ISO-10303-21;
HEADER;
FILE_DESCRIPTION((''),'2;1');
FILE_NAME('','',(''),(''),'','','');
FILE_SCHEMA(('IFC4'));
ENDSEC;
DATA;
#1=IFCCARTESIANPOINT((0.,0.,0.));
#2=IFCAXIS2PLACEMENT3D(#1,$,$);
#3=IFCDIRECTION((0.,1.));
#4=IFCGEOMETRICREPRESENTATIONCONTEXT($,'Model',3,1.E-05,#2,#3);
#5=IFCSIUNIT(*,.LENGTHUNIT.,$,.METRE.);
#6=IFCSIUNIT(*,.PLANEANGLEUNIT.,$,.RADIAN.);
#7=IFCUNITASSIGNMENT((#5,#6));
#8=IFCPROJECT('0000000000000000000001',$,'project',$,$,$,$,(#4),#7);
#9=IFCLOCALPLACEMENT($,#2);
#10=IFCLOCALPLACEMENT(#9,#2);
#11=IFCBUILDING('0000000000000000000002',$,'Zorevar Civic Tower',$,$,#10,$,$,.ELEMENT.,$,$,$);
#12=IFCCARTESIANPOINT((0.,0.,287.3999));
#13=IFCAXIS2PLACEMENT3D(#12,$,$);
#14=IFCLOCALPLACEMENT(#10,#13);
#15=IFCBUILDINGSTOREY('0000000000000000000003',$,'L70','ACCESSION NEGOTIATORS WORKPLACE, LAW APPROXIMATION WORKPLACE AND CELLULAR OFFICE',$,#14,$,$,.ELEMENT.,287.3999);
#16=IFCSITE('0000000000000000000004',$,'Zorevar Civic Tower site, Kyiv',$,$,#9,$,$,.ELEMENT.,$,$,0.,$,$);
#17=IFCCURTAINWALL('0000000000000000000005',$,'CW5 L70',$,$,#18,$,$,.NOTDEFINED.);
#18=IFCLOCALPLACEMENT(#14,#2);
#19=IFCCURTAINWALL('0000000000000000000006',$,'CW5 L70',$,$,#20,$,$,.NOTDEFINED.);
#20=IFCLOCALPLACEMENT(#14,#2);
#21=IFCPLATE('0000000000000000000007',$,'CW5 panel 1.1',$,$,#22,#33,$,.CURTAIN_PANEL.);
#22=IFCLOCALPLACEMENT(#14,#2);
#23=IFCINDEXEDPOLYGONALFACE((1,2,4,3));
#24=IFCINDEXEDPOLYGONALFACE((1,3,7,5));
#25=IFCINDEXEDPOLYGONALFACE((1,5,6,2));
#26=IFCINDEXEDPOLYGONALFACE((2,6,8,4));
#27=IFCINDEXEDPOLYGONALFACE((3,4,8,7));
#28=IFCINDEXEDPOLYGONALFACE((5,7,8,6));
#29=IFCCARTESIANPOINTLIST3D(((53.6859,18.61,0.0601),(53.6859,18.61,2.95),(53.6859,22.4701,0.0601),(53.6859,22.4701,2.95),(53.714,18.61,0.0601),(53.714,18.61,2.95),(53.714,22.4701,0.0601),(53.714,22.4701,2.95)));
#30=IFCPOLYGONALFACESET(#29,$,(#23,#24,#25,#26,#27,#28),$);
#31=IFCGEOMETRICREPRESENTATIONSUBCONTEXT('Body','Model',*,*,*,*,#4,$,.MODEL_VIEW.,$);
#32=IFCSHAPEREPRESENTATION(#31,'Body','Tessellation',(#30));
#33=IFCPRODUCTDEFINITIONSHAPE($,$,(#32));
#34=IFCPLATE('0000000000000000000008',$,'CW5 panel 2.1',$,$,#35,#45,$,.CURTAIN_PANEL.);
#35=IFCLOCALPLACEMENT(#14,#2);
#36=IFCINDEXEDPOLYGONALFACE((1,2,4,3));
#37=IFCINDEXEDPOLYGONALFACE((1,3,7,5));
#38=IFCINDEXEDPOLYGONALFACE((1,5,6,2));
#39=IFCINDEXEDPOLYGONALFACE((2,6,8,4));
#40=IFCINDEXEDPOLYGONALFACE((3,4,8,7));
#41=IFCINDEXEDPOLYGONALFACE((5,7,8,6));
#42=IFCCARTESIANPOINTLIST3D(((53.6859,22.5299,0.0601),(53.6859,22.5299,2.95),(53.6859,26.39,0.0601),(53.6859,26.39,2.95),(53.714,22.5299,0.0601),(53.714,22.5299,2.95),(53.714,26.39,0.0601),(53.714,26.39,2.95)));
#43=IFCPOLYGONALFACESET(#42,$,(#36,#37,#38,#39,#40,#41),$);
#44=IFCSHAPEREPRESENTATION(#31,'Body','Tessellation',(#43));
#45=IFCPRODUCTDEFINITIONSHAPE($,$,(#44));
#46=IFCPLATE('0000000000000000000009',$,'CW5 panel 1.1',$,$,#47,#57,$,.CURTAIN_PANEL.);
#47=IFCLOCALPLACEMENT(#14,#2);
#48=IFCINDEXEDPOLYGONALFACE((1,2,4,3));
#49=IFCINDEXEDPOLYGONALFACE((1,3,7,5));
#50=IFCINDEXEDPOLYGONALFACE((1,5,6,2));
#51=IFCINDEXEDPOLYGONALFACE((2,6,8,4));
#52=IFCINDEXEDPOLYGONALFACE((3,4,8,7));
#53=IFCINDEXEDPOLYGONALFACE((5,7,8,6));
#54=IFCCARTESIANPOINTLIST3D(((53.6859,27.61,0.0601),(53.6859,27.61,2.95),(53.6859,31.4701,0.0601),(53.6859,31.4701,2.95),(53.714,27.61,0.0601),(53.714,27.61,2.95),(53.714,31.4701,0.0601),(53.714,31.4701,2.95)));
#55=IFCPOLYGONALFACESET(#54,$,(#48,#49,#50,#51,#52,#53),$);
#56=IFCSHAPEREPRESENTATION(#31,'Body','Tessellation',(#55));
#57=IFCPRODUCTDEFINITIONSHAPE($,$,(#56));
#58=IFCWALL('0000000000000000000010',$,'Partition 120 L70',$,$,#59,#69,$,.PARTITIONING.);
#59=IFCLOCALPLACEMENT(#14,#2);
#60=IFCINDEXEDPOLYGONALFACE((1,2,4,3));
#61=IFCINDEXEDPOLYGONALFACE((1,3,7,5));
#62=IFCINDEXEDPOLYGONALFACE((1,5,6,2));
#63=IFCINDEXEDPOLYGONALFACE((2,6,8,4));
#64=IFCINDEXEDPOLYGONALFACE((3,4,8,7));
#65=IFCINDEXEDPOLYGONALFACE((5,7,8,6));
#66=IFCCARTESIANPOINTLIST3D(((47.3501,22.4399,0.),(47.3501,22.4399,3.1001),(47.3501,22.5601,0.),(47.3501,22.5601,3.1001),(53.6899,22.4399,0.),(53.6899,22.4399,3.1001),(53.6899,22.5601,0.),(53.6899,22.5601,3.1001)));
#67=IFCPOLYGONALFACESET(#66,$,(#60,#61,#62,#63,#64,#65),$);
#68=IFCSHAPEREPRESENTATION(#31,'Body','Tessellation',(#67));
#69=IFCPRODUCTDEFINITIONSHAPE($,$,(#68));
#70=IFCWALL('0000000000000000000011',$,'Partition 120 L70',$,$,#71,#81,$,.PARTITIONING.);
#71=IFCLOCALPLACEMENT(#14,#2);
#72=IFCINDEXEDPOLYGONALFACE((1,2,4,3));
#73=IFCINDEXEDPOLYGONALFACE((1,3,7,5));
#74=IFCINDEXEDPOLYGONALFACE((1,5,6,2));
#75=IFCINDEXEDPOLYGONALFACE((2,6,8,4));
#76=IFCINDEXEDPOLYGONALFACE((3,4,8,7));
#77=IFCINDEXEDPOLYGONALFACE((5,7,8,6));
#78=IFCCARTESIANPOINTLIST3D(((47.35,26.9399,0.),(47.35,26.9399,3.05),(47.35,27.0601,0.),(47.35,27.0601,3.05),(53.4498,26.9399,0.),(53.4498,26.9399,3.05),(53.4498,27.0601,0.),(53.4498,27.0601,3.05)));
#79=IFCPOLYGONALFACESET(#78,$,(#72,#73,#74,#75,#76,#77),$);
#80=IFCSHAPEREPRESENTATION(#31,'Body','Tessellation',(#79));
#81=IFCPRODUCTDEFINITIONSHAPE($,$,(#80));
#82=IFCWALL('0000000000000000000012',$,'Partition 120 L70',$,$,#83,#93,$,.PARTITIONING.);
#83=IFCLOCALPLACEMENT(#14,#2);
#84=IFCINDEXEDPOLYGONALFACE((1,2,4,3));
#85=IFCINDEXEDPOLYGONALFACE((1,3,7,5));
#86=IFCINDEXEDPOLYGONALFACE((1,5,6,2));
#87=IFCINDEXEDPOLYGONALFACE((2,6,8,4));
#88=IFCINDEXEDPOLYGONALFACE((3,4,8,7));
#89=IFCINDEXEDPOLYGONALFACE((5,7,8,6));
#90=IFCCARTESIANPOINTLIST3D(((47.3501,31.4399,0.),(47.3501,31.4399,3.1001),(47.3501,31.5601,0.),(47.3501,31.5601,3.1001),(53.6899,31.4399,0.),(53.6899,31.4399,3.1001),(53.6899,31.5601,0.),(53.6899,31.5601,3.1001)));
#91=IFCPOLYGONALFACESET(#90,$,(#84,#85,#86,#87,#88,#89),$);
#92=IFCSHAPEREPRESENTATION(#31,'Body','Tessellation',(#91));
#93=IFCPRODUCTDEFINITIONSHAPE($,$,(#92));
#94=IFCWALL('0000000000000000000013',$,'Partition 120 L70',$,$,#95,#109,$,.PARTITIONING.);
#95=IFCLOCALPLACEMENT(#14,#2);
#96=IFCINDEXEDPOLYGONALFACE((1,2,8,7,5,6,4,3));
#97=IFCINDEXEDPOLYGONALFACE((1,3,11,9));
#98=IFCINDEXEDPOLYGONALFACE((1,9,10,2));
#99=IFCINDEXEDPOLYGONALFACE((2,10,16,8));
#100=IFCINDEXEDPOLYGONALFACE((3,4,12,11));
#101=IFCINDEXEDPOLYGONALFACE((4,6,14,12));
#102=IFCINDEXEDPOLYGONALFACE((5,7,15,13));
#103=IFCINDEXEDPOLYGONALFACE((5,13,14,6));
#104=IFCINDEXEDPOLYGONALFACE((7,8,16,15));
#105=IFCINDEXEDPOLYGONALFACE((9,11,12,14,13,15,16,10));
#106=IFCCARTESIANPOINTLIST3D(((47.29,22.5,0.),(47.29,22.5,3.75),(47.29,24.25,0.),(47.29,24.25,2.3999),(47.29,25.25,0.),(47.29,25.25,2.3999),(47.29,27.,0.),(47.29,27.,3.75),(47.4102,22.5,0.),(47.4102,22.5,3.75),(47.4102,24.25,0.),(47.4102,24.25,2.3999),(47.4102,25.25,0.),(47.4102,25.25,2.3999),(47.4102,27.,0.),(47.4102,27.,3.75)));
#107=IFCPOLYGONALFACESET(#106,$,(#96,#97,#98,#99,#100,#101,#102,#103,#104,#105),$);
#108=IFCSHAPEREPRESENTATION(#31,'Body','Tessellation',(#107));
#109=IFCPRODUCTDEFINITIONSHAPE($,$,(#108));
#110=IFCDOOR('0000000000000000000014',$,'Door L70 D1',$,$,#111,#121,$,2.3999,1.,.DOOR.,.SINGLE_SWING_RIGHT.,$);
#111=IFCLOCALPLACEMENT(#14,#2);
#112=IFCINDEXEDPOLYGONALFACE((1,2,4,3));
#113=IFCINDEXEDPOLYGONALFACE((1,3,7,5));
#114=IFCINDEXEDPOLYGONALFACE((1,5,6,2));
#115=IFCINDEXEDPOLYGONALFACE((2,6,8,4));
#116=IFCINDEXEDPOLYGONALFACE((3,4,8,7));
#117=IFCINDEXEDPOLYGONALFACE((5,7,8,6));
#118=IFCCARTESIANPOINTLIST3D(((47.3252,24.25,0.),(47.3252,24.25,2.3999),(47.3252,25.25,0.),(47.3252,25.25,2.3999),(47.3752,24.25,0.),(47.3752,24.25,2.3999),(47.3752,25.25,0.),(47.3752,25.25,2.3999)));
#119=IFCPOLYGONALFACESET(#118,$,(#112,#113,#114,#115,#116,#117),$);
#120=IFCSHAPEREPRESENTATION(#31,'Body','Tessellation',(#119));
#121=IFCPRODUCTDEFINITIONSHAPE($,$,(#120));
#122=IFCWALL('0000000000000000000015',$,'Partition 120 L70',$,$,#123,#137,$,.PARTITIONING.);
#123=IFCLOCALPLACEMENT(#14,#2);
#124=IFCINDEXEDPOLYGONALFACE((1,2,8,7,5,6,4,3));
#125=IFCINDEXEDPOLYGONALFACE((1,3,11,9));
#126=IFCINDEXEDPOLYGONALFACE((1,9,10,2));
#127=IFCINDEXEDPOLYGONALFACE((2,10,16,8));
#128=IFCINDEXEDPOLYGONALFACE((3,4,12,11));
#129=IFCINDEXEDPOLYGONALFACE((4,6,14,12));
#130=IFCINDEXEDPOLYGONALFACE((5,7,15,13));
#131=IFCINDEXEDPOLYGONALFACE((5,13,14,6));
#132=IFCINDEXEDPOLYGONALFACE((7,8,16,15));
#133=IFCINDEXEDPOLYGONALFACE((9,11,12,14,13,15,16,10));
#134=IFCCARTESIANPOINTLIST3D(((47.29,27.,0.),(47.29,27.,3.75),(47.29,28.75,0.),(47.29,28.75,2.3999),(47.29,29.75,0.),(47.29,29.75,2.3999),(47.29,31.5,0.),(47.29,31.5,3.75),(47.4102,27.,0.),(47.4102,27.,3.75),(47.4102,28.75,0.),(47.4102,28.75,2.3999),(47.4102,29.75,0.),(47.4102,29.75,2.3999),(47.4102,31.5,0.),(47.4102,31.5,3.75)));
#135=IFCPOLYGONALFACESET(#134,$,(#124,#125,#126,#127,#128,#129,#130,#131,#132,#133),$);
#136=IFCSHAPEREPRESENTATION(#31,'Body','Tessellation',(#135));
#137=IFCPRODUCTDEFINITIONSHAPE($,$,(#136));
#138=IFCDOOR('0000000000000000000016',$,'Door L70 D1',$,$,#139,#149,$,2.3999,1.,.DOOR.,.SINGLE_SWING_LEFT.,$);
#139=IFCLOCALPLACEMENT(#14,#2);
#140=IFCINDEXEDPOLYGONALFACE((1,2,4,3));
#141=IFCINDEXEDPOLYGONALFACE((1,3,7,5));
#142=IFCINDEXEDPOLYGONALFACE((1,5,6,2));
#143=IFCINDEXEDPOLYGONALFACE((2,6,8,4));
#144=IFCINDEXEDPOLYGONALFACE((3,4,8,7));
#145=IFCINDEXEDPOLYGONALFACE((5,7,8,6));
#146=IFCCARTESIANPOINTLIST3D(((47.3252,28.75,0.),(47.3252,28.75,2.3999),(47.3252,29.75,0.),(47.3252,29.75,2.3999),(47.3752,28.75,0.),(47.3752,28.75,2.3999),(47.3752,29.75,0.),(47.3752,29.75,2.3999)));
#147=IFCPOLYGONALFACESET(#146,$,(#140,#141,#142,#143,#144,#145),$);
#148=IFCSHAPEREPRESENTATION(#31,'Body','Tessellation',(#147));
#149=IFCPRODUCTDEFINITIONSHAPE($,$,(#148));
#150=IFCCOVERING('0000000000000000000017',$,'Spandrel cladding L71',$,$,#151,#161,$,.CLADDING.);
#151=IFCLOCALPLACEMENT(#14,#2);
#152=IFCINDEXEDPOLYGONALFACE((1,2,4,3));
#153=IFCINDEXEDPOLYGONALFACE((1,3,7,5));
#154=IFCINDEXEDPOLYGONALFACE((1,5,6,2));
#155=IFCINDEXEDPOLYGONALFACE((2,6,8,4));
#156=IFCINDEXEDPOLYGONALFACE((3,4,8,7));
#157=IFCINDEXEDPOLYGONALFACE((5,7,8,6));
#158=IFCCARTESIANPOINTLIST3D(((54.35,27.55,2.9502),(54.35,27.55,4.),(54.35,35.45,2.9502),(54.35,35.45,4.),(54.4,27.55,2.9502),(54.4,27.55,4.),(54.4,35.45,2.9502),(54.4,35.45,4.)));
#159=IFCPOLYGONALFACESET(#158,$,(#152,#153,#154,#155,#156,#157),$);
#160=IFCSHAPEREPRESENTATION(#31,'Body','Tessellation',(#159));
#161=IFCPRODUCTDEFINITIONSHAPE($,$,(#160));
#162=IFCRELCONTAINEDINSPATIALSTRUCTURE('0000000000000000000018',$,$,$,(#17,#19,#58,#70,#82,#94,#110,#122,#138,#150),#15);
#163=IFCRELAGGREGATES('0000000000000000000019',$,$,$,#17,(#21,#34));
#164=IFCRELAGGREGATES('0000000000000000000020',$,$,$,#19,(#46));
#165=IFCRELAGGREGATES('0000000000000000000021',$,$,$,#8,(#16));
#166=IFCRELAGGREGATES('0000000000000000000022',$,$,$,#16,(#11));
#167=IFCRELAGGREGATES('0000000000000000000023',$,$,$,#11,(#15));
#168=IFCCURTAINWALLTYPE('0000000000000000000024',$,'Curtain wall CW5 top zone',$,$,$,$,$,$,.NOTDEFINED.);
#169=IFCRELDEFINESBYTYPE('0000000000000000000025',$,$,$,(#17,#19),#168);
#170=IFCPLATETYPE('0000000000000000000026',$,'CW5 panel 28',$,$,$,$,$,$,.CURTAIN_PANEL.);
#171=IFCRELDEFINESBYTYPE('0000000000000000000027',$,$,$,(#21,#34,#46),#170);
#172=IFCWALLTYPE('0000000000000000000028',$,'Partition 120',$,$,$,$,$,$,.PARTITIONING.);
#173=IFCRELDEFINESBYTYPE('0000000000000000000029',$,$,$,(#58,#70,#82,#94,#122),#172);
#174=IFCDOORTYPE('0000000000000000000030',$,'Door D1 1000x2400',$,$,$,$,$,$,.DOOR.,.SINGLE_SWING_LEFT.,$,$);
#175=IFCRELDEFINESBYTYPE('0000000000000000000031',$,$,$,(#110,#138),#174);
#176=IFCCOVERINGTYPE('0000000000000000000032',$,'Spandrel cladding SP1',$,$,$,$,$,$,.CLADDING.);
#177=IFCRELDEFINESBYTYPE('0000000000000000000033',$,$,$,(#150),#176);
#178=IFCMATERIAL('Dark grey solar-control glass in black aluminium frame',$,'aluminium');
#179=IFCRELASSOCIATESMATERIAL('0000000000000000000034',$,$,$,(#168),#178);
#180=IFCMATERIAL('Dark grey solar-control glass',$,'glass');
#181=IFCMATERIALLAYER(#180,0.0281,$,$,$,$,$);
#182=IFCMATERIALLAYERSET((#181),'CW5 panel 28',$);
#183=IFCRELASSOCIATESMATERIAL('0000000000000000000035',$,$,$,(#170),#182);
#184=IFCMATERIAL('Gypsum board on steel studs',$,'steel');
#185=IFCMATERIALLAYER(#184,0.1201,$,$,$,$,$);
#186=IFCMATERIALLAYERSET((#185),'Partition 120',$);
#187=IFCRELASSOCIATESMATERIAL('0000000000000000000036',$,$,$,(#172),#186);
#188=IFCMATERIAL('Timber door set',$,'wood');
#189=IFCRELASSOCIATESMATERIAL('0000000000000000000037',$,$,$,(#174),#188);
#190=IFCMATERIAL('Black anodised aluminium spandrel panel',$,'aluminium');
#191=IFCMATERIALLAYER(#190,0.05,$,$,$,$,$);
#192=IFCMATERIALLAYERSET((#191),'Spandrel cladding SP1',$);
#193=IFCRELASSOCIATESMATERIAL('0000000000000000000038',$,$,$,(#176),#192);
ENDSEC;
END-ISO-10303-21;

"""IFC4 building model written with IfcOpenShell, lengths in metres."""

from ifc_helpers import new_model, si_unit, direction, frame, frame_2d, origin, origin_2d, place, context, subcontext, project, spatial, rectangle, extrude, material, layer, layer_set, type_object, element, fill, aggregate, save


model = new_model("IFC4")

# Units and contexts
model_context = context("Model", 3, precision=1e-05, world=origin(), true_north=direction((0.0, 1.0)))
body_context = subcontext(model_context, "Body", "Model", "MODEL_VIEW")
ifc_project = project(units=[si_unit("LENGTHUNIT", "METRE"), si_unit("PLANEANGLEUNIT", "RADIAN")], contexts=[model_context])

# Site, building, storey
site_placement = place(None, origin())
site = spatial("IfcSite", under=ifc_project, at=site_placement, Name="Zorevar Civic Tower site, Kyiv", CompositionType="ELEMENT", RefElevation=0.0)
building_placement = place(site_placement, origin())
building = spatial("IfcBuilding", under=site, at=building_placement, Name="Zorevar Civic Tower", CompositionType="ELEMENT")
storey_placement = place(building_placement, frame((0.0, 0.0, 287.3999)))
storey = spatial("IfcBuildingStorey", under=building, at=storey_placement, Name="L70", Description="ACCESSION NEGOTIATORS WORKPLACE, LAW APPROXIMATION WORKPLACE AND CELLULAR OFFICE", CompositionType="ELEMENT", Elevation=287.3999)

# Curtain walls
ifc_material_1 = material(Name="Dark grey solar-control glass in black aluminium frame", Category="aluminium")
curtain_wall_type = type_object("IfcCurtainWallType", Name="Curtain wall CW5 top zone", PredefinedType="NOTDEFINED", material=ifc_material_1)
curtain_wall_1_placement = place(storey_placement, origin())
curtain_wall_1 = element("IfcCurtainWall", 1, at=curtain_wall_1_placement, inside=storey, type_object=curtain_wall_type, Name="CW5 L70", PredefinedType="NOTDEFINED")
curtain_wall_2_placement = place(storey_placement, origin())
curtain_wall_2 = element("IfcCurtainWall", 2, at=curtain_wall_2_placement, inside=storey, type_object=curtain_wall_type, Name="CW5 L70", PredefinedType="NOTDEFINED")

# Plates
ifc_material_2 = material(Name="Dark grey solar-control glass", Category="glass")
ifc_layer_1 = layer(ifc_material_2, 0.0281)
ifc_layer_set_1 = layer_set([ifc_layer_1], Name="CW5 panel 28")
plate_type = type_object("IfcPlateType", Name="CW5 panel 28", PredefinedType="CURTAIN_PANEL", material=ifc_layer_set_1)
plate_1_placement = place(storey_placement, frame((53.7, 20.54, 0.0601), z_axis=(0.0, 0.0, 1.0), x_axis=(0.0, 1.0, 0.0)))
plate_1 = element("IfcPlate", 3, at=plate_1_placement, type_object=plate_type, Name="CW5 panel 1.1", PredefinedType="CURTAIN_PANEL", context=body_context, shape_type="SweptSolid", body=[
    extrude(rectangle(XDim=3.8601, YDim=0.0281, at=origin_2d()), origin(), (0.0, 0.0, 1.0), 2.8899),
])
plate_2_placement = place(storey_placement, frame((53.7, 24.46, 0.0601), z_axis=(0.0, 0.0, 1.0), x_axis=(0.0, 1.0, 0.0)))
plate_2 = element("IfcPlate", 4, at=plate_2_placement, type_object=plate_type, Name="CW5 panel 2.1", PredefinedType="CURTAIN_PANEL", context=body_context, shape_type="SweptSolid", body=[
    extrude(rectangle(XDim=3.8601, YDim=0.0281, at=origin_2d()), origin(), (0.0, 0.0, 1.0), 2.8899),
])
aggregate(curtain_wall_1, [plate_1, plate_2])
plate_3_placement = place(storey_placement, frame((53.7, 29.54, 0.0601), z_axis=(0.0, 0.0, 1.0), x_axis=(0.0, 1.0, 0.0)))
plate_3 = element("IfcPlate", 5, at=plate_3_placement, type_object=plate_type, Name="CW5 panel 1.1", PredefinedType="CURTAIN_PANEL", context=body_context, shape_type="SweptSolid", body=[
    extrude(rectangle(XDim=3.8601, YDim=0.0281, at=origin_2d()), origin(), (0.0, 0.0, 1.0), 2.8899),
])
aggregate(curtain_wall_2, [plate_3])

# Walls
ifc_material_3 = material(Name="Gypsum board on steel studs", Category="steel")
ifc_layer_2 = layer(ifc_material_3, 0.1201)
ifc_layer_set_2 = layer_set([ifc_layer_2], Name="Partition 120")
wall_type = type_object("IfcWallType", Name="Partition 120", PredefinedType="PARTITIONING", material=ifc_layer_set_2)
wall_1_placement = place(storey_placement, frame((47.3501, 22.5, 0.0), z_axis=(0.0, 0.0, 1.0), x_axis=(1.0, 0.0, 0.0)))
element("IfcWall", 6, at=wall_1_placement, inside=storey, type_object=wall_type, Name="Partition 120 L70", PredefinedType="PARTITIONING", context=body_context, shape_type="SweptSolid", body=[
    extrude(rectangle(XDim=6.3398, YDim=0.1201, at=frame_2d((3.1699, 0.0))), origin(), (0.0, 0.0, 1.0), 3.1001),
])
wall_2_placement = place(storey_placement, frame((47.3501, 27.0, 0.0), z_axis=(0.0, 0.0, 1.0), x_axis=(1.0, 0.0, 0.0)))
element("IfcWall", 7, at=wall_2_placement, inside=storey, type_object=wall_type, Name="Partition 120 L70", PredefinedType="PARTITIONING", context=body_context, shape_type="SweptSolid", body=[
    extrude(rectangle(XDim=6.0999, YDim=0.1201, at=frame_2d((3.0498, 0.0))), origin(), (0.0, 0.0, 1.0), 3.05),
])
wall_3_placement = place(storey_placement, frame((47.3501, 31.5, 0.0), z_axis=(0.0, 0.0, 1.0), x_axis=(1.0, 0.0, 0.0)))
element("IfcWall", 8, at=wall_3_placement, inside=storey, type_object=wall_type, Name="Partition 120 L70", PredefinedType="PARTITIONING", context=body_context, shape_type="SweptSolid", body=[
    extrude(rectangle(XDim=6.3398, YDim=0.1201, at=frame_2d((3.1699, 0.0))), origin(), (0.0, 0.0, 1.0), 3.1001),
])

# Walls, openings, doors
wall_4_placement = place(storey_placement, frame((47.3501, 22.5, 0.0), z_axis=(0.0, 0.0, 1.0), x_axis=(0.0, 1.0, 0.0)))
wall_4 = element("IfcWall", 9, at=wall_4_placement, inside=storey, type_object=wall_type, Name="Partition 120 L70", PredefinedType="PARTITIONING", context=body_context, shape_type="SweptSolid", body=[
    extrude(rectangle(XDim=4.5, YDim=0.1201, at=frame_2d((2.25, 0.0))), origin(), (0.0, 0.0, 1.0), 3.75),
])
opening_1_placement = place(wall_4_placement, frame((1.75, 0.0, 0.0)))
opening_1 = element("IfcOpeningElement", 10, at=opening_1_placement, cuts=wall_4, PredefinedType="OPENING", context=body_context, shape_type="SweptSolid", body=[
    extrude(rectangle(XDim=1.0, YDim=2.3999, at=frame_2d((0.5, 1.2))), frame((0.0, 0.0701, 0.0), z_axis=(0.0, -1.0, 0.0), x_axis=(1.0, 0.0, 0.0)), (0.0, 0.0, 1.0), 0.1401),
])
ifc_material_4 = material(Name="Timber door set", Category="wood")
door_type = type_object("IfcDoorType", Name="Door D1 1000x2400", OperationType="SINGLE_SWING_LEFT", PredefinedType="DOOR", material=ifc_material_4)
door_1_placement = place(opening_1_placement, origin())
door_1 = element("IfcDoor", 11, at=door_1_placement, inside=storey, type_object=door_type, Name="Door L70 D1", OperationType="SINGLE_SWING_RIGHT", OverallHeight=2.3999, OverallWidth=1.0, PredefinedType="DOOR", context=body_context, shape_type="SweptSolid", body=[
    extrude(rectangle(XDim=1.0, YDim=2.3999, at=frame_2d((0.5, 1.2))), frame((0.0, 0.0249, 0.0), z_axis=(0.0, -1.0, 0.0), x_axis=(1.0, 0.0, 0.0)), (0.0, 0.0, 1.0), 0.05),
])
fill(opening_1, door_1)
wall_5_placement = place(storey_placement, frame((47.3501, 27.0, 0.0), z_axis=(0.0, 0.0, 1.0), x_axis=(0.0, 1.0, 0.0)))
wall_5 = element("IfcWall", 12, at=wall_5_placement, inside=storey, type_object=wall_type, Name="Partition 120 L70", PredefinedType="PARTITIONING", context=body_context, shape_type="SweptSolid", body=[
    extrude(rectangle(XDim=4.5, YDim=0.1201, at=frame_2d((2.25, 0.0))), origin(), (0.0, 0.0, 1.0), 3.75),
])
opening_2_placement = place(wall_5_placement, frame((1.75, 0.0, 0.0)))
opening_2 = element("IfcOpeningElement", 13, at=opening_2_placement, cuts=wall_5, PredefinedType="OPENING", context=body_context, shape_type="SweptSolid", body=[
    extrude(rectangle(XDim=1.0, YDim=2.3999, at=frame_2d((0.5, 1.2))), frame((0.0, 0.0701, 0.0), z_axis=(0.0, -1.0, 0.0), x_axis=(1.0, 0.0, 0.0)), (0.0, 0.0, 1.0), 0.1401),
])
door_2_placement = place(opening_2_placement, origin())
door_2 = element("IfcDoor", 14, at=door_2_placement, inside=storey, type_object=door_type, Name="Door L70 D1", OperationType="SINGLE_SWING_LEFT", OverallHeight=2.3999, OverallWidth=1.0, PredefinedType="DOOR", context=body_context, shape_type="SweptSolid", body=[
    extrude(rectangle(XDim=1.0, YDim=2.3999, at=frame_2d((0.5, 1.2))), frame((0.0, 0.0249, 0.0), z_axis=(0.0, -1.0, 0.0), x_axis=(1.0, 0.0, 0.0)), (0.0, 0.0, 1.0), 0.05),
])
fill(opening_2, door_2)

# Covering
ifc_material_5 = material(Name="Black anodised aluminium spandrel panel", Category="aluminium")
ifc_layer_3 = layer(ifc_material_5, 0.05)
ifc_layer_set_3 = layer_set([ifc_layer_3], Name="Spandrel cladding SP1")
covering_type = type_object("IfcCoveringType", Name="Spandrel cladding SP1", PredefinedType="CLADDING", material=ifc_layer_set_3)
covering_placement = place(storey_placement, frame((54.375, 27.55, 2.9502), z_axis=(0.0, 0.0, 1.0), x_axis=(0.0, 1.0, 0.0)))
element("IfcCovering", 15, at=covering_placement, inside=storey, type_object=covering_type, Name="Spandrel cladding L71", PredefinedType="CLADDING", context=body_context, shape_type="SweptSolid", body=[
    extrude(rectangle(XDim=7.8999, YDim=0.05, at=frame_2d((3.95, 0.0))), origin(), (0.0, 0.0, 1.0), 1.0498),
])

save(model, "model.ifc")
